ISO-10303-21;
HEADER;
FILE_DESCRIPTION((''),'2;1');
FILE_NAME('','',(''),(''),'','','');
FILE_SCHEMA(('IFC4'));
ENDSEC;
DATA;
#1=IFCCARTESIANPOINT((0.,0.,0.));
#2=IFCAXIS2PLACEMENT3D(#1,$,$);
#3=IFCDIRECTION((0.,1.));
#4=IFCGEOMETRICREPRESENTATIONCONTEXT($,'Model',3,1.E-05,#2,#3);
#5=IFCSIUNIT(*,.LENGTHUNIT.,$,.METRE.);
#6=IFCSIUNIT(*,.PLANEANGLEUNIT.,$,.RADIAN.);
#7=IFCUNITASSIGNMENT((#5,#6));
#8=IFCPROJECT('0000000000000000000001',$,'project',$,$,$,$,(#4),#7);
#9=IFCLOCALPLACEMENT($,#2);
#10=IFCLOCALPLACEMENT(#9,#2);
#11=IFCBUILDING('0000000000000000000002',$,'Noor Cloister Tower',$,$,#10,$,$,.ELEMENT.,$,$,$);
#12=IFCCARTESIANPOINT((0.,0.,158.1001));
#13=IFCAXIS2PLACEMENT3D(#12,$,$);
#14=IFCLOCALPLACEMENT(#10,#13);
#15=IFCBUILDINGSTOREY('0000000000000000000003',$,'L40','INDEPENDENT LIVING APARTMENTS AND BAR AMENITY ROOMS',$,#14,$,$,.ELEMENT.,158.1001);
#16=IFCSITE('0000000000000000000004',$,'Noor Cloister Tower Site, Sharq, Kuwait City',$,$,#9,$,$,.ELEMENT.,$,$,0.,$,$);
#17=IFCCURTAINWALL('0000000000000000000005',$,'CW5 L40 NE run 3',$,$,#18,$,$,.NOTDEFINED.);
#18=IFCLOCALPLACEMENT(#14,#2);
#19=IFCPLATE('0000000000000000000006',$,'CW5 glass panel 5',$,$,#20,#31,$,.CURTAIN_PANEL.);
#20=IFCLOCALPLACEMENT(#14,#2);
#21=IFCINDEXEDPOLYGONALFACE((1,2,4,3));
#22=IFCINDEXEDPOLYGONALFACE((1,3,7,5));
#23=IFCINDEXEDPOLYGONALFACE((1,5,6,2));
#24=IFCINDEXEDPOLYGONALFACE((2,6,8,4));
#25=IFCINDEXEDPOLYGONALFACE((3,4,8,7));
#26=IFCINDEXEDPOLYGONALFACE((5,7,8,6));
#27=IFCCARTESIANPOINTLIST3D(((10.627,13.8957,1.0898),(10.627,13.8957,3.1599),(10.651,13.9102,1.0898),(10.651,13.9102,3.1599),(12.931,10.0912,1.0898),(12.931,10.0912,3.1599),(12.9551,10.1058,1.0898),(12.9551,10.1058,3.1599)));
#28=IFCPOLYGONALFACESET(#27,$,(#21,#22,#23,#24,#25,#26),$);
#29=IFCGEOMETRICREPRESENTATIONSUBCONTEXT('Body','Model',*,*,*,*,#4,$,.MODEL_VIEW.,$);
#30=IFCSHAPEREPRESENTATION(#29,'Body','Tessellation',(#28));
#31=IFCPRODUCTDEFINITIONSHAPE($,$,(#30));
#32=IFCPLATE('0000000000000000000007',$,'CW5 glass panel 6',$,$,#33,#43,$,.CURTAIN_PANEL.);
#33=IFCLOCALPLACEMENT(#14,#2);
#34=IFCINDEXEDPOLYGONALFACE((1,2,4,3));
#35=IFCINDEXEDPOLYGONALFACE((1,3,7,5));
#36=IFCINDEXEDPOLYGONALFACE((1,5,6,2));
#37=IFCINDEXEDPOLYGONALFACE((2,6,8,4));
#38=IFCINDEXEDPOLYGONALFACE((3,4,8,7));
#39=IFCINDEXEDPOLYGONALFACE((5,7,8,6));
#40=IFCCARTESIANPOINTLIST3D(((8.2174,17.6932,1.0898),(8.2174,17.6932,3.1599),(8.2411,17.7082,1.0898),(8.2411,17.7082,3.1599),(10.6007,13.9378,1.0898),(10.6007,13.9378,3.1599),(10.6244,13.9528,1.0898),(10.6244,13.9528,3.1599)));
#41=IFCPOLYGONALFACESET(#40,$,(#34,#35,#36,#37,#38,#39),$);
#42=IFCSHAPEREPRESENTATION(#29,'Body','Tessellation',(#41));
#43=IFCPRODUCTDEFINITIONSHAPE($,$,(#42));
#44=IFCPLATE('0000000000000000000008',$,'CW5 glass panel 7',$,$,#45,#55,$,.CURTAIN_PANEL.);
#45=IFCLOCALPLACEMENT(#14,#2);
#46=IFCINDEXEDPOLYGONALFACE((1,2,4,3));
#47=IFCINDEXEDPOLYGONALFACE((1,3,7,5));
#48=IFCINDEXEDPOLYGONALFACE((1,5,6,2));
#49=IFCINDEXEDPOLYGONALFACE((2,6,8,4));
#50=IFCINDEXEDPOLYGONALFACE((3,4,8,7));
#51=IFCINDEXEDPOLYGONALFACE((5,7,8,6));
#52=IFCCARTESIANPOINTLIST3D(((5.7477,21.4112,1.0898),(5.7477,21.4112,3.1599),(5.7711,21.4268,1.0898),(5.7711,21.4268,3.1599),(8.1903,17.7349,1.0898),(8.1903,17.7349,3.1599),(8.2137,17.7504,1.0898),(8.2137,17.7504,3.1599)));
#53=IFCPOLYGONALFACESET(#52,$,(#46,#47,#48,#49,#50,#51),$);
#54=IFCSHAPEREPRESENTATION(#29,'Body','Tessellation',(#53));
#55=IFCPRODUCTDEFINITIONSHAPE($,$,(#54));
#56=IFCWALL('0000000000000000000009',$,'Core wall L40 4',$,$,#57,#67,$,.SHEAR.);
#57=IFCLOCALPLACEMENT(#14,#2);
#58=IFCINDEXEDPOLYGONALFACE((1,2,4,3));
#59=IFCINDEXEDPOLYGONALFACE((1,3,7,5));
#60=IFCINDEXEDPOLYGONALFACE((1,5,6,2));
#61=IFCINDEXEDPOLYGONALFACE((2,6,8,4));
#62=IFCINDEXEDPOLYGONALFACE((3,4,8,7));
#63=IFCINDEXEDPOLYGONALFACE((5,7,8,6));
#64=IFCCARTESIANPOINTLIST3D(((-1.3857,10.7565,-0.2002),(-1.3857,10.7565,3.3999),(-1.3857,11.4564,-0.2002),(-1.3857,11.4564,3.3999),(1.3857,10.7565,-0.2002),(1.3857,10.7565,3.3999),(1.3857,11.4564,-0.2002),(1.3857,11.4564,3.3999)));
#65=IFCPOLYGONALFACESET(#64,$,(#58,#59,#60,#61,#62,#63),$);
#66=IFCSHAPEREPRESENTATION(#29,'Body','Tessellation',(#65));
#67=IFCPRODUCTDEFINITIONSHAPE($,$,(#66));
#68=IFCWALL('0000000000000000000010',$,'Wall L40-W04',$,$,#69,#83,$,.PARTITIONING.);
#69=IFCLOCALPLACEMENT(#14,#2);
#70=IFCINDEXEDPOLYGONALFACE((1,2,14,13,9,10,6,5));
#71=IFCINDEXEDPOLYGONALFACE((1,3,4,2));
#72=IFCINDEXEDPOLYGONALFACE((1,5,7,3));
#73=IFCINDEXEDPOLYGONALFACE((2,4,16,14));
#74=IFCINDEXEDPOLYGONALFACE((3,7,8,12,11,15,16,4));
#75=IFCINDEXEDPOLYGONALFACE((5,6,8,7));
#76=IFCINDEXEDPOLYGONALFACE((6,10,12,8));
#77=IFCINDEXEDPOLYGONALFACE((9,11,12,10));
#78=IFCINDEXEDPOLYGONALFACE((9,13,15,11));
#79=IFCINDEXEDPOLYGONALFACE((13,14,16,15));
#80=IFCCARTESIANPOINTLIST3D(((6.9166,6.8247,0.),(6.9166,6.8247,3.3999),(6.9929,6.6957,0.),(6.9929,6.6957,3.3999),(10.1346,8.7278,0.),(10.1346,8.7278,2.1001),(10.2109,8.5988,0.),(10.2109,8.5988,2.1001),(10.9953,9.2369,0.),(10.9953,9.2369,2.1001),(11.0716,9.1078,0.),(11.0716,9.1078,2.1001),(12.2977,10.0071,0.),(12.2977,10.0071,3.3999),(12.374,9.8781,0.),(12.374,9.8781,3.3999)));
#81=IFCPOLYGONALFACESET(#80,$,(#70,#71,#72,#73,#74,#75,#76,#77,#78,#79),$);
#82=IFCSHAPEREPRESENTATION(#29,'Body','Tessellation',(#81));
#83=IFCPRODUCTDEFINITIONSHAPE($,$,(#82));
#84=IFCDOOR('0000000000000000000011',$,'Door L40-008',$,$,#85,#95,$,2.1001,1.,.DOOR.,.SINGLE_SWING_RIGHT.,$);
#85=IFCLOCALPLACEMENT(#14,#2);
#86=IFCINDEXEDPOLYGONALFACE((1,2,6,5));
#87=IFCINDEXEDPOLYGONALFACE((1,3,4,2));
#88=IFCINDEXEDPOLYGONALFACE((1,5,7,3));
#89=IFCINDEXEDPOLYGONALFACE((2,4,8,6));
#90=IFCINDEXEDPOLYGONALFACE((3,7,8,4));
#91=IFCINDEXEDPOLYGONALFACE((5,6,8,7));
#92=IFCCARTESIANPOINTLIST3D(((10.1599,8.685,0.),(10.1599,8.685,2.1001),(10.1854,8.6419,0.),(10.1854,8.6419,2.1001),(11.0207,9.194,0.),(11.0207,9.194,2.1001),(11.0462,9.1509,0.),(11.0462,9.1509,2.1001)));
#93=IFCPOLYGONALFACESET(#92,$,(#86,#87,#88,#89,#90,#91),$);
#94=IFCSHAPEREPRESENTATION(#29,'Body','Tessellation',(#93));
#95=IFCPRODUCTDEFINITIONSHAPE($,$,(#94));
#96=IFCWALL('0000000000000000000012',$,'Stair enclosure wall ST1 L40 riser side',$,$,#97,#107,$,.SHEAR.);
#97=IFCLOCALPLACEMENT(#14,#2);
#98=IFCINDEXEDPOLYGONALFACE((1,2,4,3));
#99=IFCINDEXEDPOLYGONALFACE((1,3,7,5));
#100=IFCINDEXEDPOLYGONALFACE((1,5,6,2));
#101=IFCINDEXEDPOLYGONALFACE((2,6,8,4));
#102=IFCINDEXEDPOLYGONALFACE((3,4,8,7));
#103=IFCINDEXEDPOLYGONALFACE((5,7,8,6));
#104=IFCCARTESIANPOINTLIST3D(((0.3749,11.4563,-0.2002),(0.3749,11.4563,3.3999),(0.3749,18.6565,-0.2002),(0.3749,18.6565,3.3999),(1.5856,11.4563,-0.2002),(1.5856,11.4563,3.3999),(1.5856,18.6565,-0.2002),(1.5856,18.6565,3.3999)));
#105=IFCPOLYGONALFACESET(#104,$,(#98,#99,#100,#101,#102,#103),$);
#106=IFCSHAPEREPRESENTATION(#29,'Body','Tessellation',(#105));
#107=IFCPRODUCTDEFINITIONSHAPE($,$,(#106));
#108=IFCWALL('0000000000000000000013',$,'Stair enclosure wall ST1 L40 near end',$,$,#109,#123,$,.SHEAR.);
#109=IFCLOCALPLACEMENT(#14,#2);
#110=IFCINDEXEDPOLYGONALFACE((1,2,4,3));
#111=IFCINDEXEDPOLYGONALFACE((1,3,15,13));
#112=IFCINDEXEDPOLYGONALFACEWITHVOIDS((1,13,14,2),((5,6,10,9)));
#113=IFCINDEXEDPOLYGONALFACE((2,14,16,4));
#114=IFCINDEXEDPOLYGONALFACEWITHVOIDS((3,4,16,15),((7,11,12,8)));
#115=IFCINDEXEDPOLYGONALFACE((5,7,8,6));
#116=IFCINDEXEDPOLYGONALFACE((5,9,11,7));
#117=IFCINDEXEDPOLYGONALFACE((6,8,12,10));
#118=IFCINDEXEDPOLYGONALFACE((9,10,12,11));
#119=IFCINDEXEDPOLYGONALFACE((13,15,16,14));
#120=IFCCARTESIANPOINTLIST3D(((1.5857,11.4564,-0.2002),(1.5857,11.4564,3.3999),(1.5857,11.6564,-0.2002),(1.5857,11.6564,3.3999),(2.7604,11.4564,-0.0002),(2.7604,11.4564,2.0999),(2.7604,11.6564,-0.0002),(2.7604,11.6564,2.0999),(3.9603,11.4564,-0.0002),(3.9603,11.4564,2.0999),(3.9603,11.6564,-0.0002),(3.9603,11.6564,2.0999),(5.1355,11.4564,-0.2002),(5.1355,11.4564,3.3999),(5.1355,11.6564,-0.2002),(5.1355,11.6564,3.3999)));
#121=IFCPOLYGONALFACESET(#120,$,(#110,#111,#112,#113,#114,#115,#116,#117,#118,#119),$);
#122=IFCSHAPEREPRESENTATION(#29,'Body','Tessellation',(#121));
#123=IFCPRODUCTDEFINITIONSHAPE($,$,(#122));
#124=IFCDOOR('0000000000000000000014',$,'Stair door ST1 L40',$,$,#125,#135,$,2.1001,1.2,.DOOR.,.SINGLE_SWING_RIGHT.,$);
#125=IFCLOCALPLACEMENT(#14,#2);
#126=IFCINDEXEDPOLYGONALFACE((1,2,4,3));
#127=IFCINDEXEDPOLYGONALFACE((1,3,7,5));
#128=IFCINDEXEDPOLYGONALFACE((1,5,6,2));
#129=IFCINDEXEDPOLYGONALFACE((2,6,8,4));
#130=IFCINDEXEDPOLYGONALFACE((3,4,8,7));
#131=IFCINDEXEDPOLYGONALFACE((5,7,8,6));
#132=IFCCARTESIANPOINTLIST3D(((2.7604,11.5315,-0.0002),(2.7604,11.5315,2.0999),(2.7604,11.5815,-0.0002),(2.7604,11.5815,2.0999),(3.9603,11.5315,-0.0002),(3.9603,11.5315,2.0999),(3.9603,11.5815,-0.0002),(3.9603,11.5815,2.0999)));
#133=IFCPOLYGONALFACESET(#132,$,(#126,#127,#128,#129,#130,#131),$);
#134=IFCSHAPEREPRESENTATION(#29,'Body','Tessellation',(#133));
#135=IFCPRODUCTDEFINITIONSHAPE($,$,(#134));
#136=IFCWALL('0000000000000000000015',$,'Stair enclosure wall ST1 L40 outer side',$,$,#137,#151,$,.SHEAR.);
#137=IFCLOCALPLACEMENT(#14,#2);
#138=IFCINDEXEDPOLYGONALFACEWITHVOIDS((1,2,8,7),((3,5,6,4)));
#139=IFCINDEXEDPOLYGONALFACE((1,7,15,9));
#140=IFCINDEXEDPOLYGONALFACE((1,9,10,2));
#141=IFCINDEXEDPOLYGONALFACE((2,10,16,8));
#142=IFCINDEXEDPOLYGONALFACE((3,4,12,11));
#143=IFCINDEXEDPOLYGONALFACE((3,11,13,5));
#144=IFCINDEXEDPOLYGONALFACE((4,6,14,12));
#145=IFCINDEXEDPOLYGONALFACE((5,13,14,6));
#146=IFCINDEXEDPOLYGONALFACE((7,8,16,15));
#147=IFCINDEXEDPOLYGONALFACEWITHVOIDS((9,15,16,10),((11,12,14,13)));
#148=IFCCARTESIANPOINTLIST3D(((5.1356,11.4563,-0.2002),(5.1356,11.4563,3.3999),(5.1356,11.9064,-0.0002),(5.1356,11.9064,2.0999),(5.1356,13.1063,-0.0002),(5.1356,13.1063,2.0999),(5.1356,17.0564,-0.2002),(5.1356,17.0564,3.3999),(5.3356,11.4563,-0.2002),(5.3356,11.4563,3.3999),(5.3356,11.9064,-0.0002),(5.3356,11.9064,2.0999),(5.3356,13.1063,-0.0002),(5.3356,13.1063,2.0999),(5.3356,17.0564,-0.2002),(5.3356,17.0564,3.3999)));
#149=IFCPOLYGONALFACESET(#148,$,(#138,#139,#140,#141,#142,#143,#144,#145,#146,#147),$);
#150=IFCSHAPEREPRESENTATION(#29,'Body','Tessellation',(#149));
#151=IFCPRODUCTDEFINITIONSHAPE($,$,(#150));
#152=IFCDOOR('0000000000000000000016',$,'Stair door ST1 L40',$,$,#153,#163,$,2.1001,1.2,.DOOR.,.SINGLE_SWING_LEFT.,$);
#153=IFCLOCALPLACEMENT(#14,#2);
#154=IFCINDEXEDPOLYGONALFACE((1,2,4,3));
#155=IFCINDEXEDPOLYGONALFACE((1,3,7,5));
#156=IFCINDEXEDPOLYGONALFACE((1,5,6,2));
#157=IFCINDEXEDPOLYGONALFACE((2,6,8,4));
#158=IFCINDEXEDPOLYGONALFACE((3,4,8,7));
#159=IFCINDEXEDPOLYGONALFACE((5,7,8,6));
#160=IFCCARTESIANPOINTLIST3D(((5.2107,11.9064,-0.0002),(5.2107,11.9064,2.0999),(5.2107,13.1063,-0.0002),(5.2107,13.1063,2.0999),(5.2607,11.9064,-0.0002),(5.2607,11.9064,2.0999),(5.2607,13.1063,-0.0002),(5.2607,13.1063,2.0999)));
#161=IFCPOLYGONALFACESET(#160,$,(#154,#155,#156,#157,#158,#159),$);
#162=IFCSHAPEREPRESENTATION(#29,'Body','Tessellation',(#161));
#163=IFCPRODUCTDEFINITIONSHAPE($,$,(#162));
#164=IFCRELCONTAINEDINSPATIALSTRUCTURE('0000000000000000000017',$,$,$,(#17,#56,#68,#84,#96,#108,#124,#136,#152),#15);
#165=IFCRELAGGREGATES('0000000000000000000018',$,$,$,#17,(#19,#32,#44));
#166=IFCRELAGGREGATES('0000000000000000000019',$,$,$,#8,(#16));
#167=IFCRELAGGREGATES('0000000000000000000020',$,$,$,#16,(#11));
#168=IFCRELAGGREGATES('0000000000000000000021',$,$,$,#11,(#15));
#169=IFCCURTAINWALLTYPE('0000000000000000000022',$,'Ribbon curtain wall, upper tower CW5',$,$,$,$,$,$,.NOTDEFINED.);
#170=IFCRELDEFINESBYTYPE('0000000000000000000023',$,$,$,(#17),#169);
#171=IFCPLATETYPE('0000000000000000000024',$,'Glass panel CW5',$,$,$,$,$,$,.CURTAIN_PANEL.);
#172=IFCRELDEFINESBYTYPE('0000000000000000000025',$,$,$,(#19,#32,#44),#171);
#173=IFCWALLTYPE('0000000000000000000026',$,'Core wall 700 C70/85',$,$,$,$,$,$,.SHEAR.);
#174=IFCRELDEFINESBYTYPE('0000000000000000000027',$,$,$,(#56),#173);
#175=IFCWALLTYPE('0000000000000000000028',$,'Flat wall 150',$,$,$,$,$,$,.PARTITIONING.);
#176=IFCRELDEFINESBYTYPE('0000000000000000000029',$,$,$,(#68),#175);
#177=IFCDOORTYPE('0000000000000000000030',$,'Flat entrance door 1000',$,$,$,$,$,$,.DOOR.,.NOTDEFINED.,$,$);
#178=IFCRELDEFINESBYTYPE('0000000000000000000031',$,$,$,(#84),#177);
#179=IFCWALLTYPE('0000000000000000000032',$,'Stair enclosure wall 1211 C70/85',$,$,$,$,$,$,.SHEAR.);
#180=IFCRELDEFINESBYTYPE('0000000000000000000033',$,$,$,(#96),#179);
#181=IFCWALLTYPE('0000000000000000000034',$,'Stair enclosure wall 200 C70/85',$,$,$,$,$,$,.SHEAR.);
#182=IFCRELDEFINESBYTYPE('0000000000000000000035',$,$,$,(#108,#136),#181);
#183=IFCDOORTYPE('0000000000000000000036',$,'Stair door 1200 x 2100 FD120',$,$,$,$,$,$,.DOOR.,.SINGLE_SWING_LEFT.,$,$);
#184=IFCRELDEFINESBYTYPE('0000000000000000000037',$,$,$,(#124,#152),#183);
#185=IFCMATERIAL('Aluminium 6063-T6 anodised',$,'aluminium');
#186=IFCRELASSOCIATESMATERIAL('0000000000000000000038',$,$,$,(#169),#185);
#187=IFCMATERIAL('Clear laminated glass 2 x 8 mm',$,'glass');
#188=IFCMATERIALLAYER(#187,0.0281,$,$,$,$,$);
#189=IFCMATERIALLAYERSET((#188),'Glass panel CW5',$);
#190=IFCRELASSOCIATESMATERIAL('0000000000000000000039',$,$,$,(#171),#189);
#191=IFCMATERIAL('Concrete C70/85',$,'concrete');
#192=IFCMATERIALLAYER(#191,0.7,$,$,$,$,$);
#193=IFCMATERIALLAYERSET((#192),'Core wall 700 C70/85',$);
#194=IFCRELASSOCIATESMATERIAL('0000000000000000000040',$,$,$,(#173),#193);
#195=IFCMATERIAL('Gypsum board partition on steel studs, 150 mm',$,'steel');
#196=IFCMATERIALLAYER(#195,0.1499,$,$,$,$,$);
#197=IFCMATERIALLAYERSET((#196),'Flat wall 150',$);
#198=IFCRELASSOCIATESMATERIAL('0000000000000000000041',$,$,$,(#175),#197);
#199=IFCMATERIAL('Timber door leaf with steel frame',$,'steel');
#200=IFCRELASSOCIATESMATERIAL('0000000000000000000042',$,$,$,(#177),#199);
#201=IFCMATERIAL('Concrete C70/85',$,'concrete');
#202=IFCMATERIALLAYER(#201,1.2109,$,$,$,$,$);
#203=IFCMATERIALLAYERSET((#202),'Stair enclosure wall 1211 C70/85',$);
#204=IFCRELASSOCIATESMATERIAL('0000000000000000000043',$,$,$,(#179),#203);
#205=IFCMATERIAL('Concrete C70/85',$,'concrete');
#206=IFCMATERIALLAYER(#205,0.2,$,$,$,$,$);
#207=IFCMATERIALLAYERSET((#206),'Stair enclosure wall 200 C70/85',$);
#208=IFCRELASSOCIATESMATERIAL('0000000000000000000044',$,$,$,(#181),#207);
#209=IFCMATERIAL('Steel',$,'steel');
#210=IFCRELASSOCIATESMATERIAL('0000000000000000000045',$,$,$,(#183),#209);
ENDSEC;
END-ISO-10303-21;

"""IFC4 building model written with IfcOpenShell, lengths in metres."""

from ifc_helpers import new_model, si_unit, direction, frame, frame_2d, origin, origin_2d, place, context, subcontext, project, spatial, rectangle, extrude, material, layer, layer_set, type_object, element, fill, aggregate, save


model = new_model("IFC4")

# Units and contexts
model_context = context("Model", 3, precision=1e-05, world=origin(), true_north=direction((0.0, 1.0)))
body_context = subcontext(model_context, "Body", "Model", "MODEL_VIEW")
ifc_project = project(units=[si_unit("LENGTHUNIT", "METRE"), si_unit("PLANEANGLEUNIT", "RADIAN")], contexts=[model_context])

# Site, building, storey
site_placement = place(None, origin())
site = spatial("IfcSite", under=ifc_project, at=site_placement, Name="Noor Cloister Tower Site, Sharq, Kuwait City", CompositionType="ELEMENT", RefElevation=0.0)
building_placement = place(site_placement, origin())
building = spatial("IfcBuilding", under=site, at=building_placement, Name="Noor Cloister Tower", CompositionType="ELEMENT")
storey_placement = place(building_placement, frame((0.0, 0.0, 158.1001)))
storey = spatial("IfcBuildingStorey", under=building, at=storey_placement, Name="L40", Description="INDEPENDENT LIVING APARTMENTS AND BAR AMENITY ROOMS", CompositionType="ELEMENT", Elevation=158.1001)

# Curtain wall
ifc_material_1 = material(Name="Aluminium 6063-T6 anodised", Category="aluminium")
curtain_wall_type = type_object("IfcCurtainWallType", Name="Ribbon curtain wall, upper tower CW5", PredefinedType="NOTDEFINED", material=ifc_material_1)
curtain_wall_placement = place(storey_placement, origin())
curtain_wall = element("IfcCurtainWall", 1, at=curtain_wall_placement, inside=storey, type_object=curtain_wall_type, Name="CW5 L40 NE run 3", PredefinedType="NOTDEFINED")

# Plates
ifc_material_2 = material(Name="Clear laminated glass 2 x 8 mm", Category="glass")
ifc_layer_1 = layer(ifc_material_2, 0.0281)
ifc_layer_set_1 = layer_set([ifc_layer_1], Name="Glass panel CW5")
plate_type = type_object("IfcPlateType", Name="Glass panel CW5", PredefinedType="CURTAIN_PANEL", material=ifc_layer_set_1)
plate_1_placement = place(storey_placement, frame((11.791, 12.0007, 1.0898), z_axis=(0.0, 0.0, 1.0), x_axis=(-0.518029, 0.855363, 0.0)))
plate_1 = element("IfcPlate", 2, at=plate_1_placement, type_object=plate_type, Name="CW5 glass panel 5", PredefinedType="CURTAIN_PANEL", context=body_context, shape_type="SweptSolid", body=[
    extrude(rectangle(XDim=4.4478, YDim=0.0281, at=origin_2d()), origin(), (0.0, 0.0, 1.0), 2.0701),
])
plate_2_placement = place(storey_placement, frame((9.4209, 15.823, 1.0898), z_axis=(0.0, 0.0, 1.0), x_axis=(-0.535831, 0.844325, 0.0)))
plate_2 = element("IfcPlate", 3, at=plate_2_placement, type_object=plate_type, Name="CW5 glass panel 6", PredefinedType="CURTAIN_PANEL", context=body_context, shape_type="SweptSolid", body=[
    extrude(rectangle(XDim=4.4478, YDim=0.0281, at=origin_2d()), origin(), (0.0, 0.0, 1.0), 2.0701),
])
plate_3_placement = place(storey_placement, frame((6.9807, 19.5808, 1.0898), z_axis=(0.0, 0.0, 1.0), x_axis=(-0.553398, 0.832917, 0.0)))
plate_3 = element("IfcPlate", 4, at=plate_3_placement, type_object=plate_type, Name="CW5 glass panel 7", PredefinedType="CURTAIN_PANEL", context=body_context, shape_type="SweptSolid", body=[
    extrude(rectangle(XDim=4.4138, YDim=0.0281, at=origin_2d()), origin(), (0.0, 0.0, 1.0), 2.0701),
])
aggregate(curtain_wall, [plate_1, plate_2, plate_3])

# Wall
ifc_material_3 = material(Name="Concrete C70/85", Category="concrete")
ifc_layer_2 = layer(ifc_material_3, 0.7)
ifc_layer_set_2 = layer_set([ifc_layer_2], Name="Core wall 700 C70/85")
wall_type_1 = type_object("IfcWallType", Name="Core wall 700 C70/85", PredefinedType="SHEAR", material=ifc_layer_set_2)
wall_1_placement = place(storey_placement, frame((1.3857, 11.1064, -0.2002), z_axis=(0.0, 0.0, 1.0), x_axis=(-1.0, 0.0, 0.0)))
element("IfcWall", 5, at=wall_1_placement, inside=storey, type_object=wall_type_1, Name="Core wall L40 4", PredefinedType="SHEAR", context=body_context, shape_type="SweptSolid", body=[
    extrude(rectangle(XDim=2.7715, YDim=0.7, at=frame_2d((1.3857, 0.0))), origin(), (0.0, 0.0, 1.0), 3.6001),
])

# Wall, opening, door
ifc_material_4 = material(Name="Gypsum board partition on steel studs, 150 mm", Category="steel")
ifc_layer_3 = layer(ifc_material_4, 0.1499)
ifc_layer_set_3 = layer_set([ifc_layer_3], Name="Flat wall 150")
wall_type_2 = type_object("IfcWallType", Name="Flat wall 150", PredefinedType="PARTITIONING", material=ifc_layer_set_3)
wall_2_placement = place(storey_placement, frame((12.3359, 9.9426, 0.0), z_axis=(0.0, 0.0, 1.0), x_axis=(-0.860742, -0.509041, 0.0)))
wall_2 = element("IfcWall", 6, at=wall_2_placement, inside=storey, type_object=wall_type_2, Name="Wall L40-W04", PredefinedType="PARTITIONING", context=body_context, shape_type="SweptSolid", body=[
    extrude(rectangle(XDim=6.2517, YDim=0.1499, at=frame_2d((3.126, 0.0))), origin(), (0.0, 0.0, 1.0), 3.3999),
])
opening_1_placement = place(wall_2_placement, frame((1.5132, 0.0, 0.0)))
opening_1 = element("IfcOpeningElement", 7, at=opening_1_placement, cuts=wall_2, PredefinedType="OPENING", context=body_context, shape_type="SweptSolid", body=[
    extrude(rectangle(XDim=1.0, YDim=2.1001, at=frame_2d((0.5, 1.05))), frame((0.0, 0.085, 0.0), z_axis=(0.0, -1.0, 0.0), x_axis=(1.0, 0.0, 0.0)), (0.0, 0.0, 1.0), 0.1699),
])
ifc_material_5 = material(Name="Timber door leaf with steel frame", Category="steel")
door_type_1 = type_object("IfcDoorType", Name="Flat entrance door 1000", OperationType="NOTDEFINED", PredefinedType="DOOR", material=ifc_material_5)
door_1_placement = place(opening_1_placement, origin())
door_1 = element("IfcDoor", 8, at=door_1_placement, inside=storey, type_object=door_type_1, Name="Door L40-008", OperationType="SINGLE_SWING_RIGHT", OverallHeight=2.1001, OverallWidth=1.0, PredefinedType="DOOR", context=body_context, shape_type="SweptSolid", body=[
    extrude(rectangle(XDim=1.0, YDim=2.1001, at=frame_2d((0.5, 1.05))), frame((0.0, 0.0249, 0.0), z_axis=(0.0, -1.0, 0.0), x_axis=(1.0, 0.0, 0.0)), (0.0, 0.0, 1.0), 0.05),
])
fill(opening_1, door_1)

# Wall
ifc_material_6 = material(Name="Concrete C70/85", Category="concrete")
ifc_layer_4 = layer(ifc_material_6, 1.2109)
ifc_layer_set_4 = layer_set([ifc_layer_4], Name="Stair enclosure wall 1211 C70/85")
wall_type_3 = type_object("IfcWallType", Name="Stair enclosure wall 1211 C70/85", PredefinedType="SHEAR", material=ifc_layer_set_4)
wall_3_placement = place(storey_placement, frame((0.9802, 11.4563, -0.2002), z_axis=(0.0, 0.0, 1.0), x_axis=(0.0, 1.0, 0.0)))
element("IfcWall", 9, at=wall_3_placement, inside=storey, type_object=wall_type_3, Name="Stair enclosure wall ST1 L40 riser side", PredefinedType="SHEAR", context=body_context, shape_type="SweptSolid", body=[
    extrude(rectangle(XDim=7.2002, YDim=1.2107, at=frame_2d((3.6001, 0.0))), origin(), (0.0, 0.0, 1.0), 3.6001),
])

# Walls, openings, doors
ifc_material_7 = material(Name="Concrete C70/85", Category="concrete")
ifc_layer_5 = layer(ifc_material_7, 0.2)
ifc_layer_set_5 = layer_set([ifc_layer_5], Name="Stair enclosure wall 200 C70/85")
wall_type_4 = type_object("IfcWallType", Name="Stair enclosure wall 200 C70/85", PredefinedType="SHEAR", material=ifc_layer_set_5)
wall_4_placement = place(storey_placement, frame((5.1355, 11.5564, -0.2002), z_axis=(0.0, 0.0, 1.0), x_axis=(-1.0, 0.0, 0.0)))
wall_4 = element("IfcWall", 10, at=wall_4_placement, inside=storey, type_object=wall_type_4, Name="Stair enclosure wall ST1 L40 near end", PredefinedType="SHEAR", context=body_context, shape_type="SweptSolid", body=[
    extrude(rectangle(XDim=3.5498, YDim=0.2, at=frame_2d((1.7749, 0.0))), origin(), (0.0, 0.0, 1.0), 3.6001),
])
opening_2_placement = place(wall_4_placement, frame((1.175, 0.0, 0.2)))
opening_2 = element("IfcOpeningElement", 11, at=opening_2_placement, cuts=wall_4, PredefinedType="OPENING", context=body_context, shape_type="SweptSolid", body=[
    extrude(rectangle(XDim=1.2, YDim=2.1001, at=frame_2d((0.6001, 1.05))), frame((0.0, 0.1099, 0.0), z_axis=(0.0, -1.0, 0.0), x_axis=(1.0, 0.0, 0.0)), (0.0, 0.0, 1.0), 0.22),
])
ifc_material_8 = material(Name="Steel", Category="steel")
door_type_2 = type_object("IfcDoorType", Name="Stair door 1200 x 2100 FD120", OperationType="SINGLE_SWING_LEFT", PredefinedType="DOOR", material=ifc_material_8)
door_2_placement = place(opening_2_placement, origin())
door_2 = element("IfcDoor", 12, at=door_2_placement, inside=storey, type_object=door_type_2, Name="Stair door ST1 L40", OperationType="SINGLE_SWING_RIGHT", OverallHeight=2.1001, OverallWidth=1.2, PredefinedType="DOOR", context=body_context, shape_type="SweptSolid", body=[
    extrude(rectangle(XDim=1.2, YDim=2.1001, at=frame_2d((0.6001, 1.05))), frame((0.0, 0.0249, 0.0), z_axis=(0.0, -1.0, 0.0), x_axis=(1.0, 0.0, 0.0)), (0.0, 0.0, 1.0), 0.05),
])
fill(opening_2, door_2)
wall_5_placement = place(storey_placement, frame((5.2356, 11.4563, -0.2002), z_axis=(0.0, 0.0, 1.0), x_axis=(0.0, 1.0, 0.0)))
wall_5 = element("IfcWall", 13, at=wall_5_placement, inside=storey, type_object=wall_type_4, Name="Stair enclosure wall ST1 L40 outer side", PredefinedType="SHEAR", context=body_context, shape_type="SweptSolid", body=[
    extrude(rectangle(XDim=5.6001, YDim=0.2, at=frame_2d((2.8, 0.0))), origin(), (0.0, 0.0, 1.0), 3.6001),
])
opening_3_placement = place(wall_5_placement, frame((0.45, 0.0, 0.2)))
opening_3 = element("IfcOpeningElement", 14, at=opening_3_placement, cuts=wall_5, PredefinedType="OPENING", context=body_context, shape_type="SweptSolid", body=[
    extrude(rectangle(XDim=1.2, YDim=2.1001, at=frame_2d((0.6001, 1.05))), frame((0.0, 0.1099, 0.0), z_axis=(0.0, -1.0, 0.0), x_axis=(1.0, 0.0, 0.0)), (0.0, 0.0, 1.0), 0.22),
])
door_3_placement = place(opening_3_placement, origin())
door_3 = element("IfcDoor", 15, at=door_3_placement, inside=storey, type_object=door_type_2, Name="Stair door ST1 L40", OperationType="SINGLE_SWING_LEFT", OverallHeight=2.1001, OverallWidth=1.2, PredefinedType="DOOR", context=body_context, shape_type="SweptSolid", body=[
    extrude(rectangle(XDim=1.2, YDim=2.1001, at=frame_2d((0.6001, 1.05))), frame((0.0, 0.0249, 0.0), z_axis=(0.0, -1.0, 0.0), x_axis=(1.0, 0.0, 0.0)), (0.0, 0.0, 1.0), 0.05),
])
fill(opening_3, door_3)

save(model, "model.ifc")
